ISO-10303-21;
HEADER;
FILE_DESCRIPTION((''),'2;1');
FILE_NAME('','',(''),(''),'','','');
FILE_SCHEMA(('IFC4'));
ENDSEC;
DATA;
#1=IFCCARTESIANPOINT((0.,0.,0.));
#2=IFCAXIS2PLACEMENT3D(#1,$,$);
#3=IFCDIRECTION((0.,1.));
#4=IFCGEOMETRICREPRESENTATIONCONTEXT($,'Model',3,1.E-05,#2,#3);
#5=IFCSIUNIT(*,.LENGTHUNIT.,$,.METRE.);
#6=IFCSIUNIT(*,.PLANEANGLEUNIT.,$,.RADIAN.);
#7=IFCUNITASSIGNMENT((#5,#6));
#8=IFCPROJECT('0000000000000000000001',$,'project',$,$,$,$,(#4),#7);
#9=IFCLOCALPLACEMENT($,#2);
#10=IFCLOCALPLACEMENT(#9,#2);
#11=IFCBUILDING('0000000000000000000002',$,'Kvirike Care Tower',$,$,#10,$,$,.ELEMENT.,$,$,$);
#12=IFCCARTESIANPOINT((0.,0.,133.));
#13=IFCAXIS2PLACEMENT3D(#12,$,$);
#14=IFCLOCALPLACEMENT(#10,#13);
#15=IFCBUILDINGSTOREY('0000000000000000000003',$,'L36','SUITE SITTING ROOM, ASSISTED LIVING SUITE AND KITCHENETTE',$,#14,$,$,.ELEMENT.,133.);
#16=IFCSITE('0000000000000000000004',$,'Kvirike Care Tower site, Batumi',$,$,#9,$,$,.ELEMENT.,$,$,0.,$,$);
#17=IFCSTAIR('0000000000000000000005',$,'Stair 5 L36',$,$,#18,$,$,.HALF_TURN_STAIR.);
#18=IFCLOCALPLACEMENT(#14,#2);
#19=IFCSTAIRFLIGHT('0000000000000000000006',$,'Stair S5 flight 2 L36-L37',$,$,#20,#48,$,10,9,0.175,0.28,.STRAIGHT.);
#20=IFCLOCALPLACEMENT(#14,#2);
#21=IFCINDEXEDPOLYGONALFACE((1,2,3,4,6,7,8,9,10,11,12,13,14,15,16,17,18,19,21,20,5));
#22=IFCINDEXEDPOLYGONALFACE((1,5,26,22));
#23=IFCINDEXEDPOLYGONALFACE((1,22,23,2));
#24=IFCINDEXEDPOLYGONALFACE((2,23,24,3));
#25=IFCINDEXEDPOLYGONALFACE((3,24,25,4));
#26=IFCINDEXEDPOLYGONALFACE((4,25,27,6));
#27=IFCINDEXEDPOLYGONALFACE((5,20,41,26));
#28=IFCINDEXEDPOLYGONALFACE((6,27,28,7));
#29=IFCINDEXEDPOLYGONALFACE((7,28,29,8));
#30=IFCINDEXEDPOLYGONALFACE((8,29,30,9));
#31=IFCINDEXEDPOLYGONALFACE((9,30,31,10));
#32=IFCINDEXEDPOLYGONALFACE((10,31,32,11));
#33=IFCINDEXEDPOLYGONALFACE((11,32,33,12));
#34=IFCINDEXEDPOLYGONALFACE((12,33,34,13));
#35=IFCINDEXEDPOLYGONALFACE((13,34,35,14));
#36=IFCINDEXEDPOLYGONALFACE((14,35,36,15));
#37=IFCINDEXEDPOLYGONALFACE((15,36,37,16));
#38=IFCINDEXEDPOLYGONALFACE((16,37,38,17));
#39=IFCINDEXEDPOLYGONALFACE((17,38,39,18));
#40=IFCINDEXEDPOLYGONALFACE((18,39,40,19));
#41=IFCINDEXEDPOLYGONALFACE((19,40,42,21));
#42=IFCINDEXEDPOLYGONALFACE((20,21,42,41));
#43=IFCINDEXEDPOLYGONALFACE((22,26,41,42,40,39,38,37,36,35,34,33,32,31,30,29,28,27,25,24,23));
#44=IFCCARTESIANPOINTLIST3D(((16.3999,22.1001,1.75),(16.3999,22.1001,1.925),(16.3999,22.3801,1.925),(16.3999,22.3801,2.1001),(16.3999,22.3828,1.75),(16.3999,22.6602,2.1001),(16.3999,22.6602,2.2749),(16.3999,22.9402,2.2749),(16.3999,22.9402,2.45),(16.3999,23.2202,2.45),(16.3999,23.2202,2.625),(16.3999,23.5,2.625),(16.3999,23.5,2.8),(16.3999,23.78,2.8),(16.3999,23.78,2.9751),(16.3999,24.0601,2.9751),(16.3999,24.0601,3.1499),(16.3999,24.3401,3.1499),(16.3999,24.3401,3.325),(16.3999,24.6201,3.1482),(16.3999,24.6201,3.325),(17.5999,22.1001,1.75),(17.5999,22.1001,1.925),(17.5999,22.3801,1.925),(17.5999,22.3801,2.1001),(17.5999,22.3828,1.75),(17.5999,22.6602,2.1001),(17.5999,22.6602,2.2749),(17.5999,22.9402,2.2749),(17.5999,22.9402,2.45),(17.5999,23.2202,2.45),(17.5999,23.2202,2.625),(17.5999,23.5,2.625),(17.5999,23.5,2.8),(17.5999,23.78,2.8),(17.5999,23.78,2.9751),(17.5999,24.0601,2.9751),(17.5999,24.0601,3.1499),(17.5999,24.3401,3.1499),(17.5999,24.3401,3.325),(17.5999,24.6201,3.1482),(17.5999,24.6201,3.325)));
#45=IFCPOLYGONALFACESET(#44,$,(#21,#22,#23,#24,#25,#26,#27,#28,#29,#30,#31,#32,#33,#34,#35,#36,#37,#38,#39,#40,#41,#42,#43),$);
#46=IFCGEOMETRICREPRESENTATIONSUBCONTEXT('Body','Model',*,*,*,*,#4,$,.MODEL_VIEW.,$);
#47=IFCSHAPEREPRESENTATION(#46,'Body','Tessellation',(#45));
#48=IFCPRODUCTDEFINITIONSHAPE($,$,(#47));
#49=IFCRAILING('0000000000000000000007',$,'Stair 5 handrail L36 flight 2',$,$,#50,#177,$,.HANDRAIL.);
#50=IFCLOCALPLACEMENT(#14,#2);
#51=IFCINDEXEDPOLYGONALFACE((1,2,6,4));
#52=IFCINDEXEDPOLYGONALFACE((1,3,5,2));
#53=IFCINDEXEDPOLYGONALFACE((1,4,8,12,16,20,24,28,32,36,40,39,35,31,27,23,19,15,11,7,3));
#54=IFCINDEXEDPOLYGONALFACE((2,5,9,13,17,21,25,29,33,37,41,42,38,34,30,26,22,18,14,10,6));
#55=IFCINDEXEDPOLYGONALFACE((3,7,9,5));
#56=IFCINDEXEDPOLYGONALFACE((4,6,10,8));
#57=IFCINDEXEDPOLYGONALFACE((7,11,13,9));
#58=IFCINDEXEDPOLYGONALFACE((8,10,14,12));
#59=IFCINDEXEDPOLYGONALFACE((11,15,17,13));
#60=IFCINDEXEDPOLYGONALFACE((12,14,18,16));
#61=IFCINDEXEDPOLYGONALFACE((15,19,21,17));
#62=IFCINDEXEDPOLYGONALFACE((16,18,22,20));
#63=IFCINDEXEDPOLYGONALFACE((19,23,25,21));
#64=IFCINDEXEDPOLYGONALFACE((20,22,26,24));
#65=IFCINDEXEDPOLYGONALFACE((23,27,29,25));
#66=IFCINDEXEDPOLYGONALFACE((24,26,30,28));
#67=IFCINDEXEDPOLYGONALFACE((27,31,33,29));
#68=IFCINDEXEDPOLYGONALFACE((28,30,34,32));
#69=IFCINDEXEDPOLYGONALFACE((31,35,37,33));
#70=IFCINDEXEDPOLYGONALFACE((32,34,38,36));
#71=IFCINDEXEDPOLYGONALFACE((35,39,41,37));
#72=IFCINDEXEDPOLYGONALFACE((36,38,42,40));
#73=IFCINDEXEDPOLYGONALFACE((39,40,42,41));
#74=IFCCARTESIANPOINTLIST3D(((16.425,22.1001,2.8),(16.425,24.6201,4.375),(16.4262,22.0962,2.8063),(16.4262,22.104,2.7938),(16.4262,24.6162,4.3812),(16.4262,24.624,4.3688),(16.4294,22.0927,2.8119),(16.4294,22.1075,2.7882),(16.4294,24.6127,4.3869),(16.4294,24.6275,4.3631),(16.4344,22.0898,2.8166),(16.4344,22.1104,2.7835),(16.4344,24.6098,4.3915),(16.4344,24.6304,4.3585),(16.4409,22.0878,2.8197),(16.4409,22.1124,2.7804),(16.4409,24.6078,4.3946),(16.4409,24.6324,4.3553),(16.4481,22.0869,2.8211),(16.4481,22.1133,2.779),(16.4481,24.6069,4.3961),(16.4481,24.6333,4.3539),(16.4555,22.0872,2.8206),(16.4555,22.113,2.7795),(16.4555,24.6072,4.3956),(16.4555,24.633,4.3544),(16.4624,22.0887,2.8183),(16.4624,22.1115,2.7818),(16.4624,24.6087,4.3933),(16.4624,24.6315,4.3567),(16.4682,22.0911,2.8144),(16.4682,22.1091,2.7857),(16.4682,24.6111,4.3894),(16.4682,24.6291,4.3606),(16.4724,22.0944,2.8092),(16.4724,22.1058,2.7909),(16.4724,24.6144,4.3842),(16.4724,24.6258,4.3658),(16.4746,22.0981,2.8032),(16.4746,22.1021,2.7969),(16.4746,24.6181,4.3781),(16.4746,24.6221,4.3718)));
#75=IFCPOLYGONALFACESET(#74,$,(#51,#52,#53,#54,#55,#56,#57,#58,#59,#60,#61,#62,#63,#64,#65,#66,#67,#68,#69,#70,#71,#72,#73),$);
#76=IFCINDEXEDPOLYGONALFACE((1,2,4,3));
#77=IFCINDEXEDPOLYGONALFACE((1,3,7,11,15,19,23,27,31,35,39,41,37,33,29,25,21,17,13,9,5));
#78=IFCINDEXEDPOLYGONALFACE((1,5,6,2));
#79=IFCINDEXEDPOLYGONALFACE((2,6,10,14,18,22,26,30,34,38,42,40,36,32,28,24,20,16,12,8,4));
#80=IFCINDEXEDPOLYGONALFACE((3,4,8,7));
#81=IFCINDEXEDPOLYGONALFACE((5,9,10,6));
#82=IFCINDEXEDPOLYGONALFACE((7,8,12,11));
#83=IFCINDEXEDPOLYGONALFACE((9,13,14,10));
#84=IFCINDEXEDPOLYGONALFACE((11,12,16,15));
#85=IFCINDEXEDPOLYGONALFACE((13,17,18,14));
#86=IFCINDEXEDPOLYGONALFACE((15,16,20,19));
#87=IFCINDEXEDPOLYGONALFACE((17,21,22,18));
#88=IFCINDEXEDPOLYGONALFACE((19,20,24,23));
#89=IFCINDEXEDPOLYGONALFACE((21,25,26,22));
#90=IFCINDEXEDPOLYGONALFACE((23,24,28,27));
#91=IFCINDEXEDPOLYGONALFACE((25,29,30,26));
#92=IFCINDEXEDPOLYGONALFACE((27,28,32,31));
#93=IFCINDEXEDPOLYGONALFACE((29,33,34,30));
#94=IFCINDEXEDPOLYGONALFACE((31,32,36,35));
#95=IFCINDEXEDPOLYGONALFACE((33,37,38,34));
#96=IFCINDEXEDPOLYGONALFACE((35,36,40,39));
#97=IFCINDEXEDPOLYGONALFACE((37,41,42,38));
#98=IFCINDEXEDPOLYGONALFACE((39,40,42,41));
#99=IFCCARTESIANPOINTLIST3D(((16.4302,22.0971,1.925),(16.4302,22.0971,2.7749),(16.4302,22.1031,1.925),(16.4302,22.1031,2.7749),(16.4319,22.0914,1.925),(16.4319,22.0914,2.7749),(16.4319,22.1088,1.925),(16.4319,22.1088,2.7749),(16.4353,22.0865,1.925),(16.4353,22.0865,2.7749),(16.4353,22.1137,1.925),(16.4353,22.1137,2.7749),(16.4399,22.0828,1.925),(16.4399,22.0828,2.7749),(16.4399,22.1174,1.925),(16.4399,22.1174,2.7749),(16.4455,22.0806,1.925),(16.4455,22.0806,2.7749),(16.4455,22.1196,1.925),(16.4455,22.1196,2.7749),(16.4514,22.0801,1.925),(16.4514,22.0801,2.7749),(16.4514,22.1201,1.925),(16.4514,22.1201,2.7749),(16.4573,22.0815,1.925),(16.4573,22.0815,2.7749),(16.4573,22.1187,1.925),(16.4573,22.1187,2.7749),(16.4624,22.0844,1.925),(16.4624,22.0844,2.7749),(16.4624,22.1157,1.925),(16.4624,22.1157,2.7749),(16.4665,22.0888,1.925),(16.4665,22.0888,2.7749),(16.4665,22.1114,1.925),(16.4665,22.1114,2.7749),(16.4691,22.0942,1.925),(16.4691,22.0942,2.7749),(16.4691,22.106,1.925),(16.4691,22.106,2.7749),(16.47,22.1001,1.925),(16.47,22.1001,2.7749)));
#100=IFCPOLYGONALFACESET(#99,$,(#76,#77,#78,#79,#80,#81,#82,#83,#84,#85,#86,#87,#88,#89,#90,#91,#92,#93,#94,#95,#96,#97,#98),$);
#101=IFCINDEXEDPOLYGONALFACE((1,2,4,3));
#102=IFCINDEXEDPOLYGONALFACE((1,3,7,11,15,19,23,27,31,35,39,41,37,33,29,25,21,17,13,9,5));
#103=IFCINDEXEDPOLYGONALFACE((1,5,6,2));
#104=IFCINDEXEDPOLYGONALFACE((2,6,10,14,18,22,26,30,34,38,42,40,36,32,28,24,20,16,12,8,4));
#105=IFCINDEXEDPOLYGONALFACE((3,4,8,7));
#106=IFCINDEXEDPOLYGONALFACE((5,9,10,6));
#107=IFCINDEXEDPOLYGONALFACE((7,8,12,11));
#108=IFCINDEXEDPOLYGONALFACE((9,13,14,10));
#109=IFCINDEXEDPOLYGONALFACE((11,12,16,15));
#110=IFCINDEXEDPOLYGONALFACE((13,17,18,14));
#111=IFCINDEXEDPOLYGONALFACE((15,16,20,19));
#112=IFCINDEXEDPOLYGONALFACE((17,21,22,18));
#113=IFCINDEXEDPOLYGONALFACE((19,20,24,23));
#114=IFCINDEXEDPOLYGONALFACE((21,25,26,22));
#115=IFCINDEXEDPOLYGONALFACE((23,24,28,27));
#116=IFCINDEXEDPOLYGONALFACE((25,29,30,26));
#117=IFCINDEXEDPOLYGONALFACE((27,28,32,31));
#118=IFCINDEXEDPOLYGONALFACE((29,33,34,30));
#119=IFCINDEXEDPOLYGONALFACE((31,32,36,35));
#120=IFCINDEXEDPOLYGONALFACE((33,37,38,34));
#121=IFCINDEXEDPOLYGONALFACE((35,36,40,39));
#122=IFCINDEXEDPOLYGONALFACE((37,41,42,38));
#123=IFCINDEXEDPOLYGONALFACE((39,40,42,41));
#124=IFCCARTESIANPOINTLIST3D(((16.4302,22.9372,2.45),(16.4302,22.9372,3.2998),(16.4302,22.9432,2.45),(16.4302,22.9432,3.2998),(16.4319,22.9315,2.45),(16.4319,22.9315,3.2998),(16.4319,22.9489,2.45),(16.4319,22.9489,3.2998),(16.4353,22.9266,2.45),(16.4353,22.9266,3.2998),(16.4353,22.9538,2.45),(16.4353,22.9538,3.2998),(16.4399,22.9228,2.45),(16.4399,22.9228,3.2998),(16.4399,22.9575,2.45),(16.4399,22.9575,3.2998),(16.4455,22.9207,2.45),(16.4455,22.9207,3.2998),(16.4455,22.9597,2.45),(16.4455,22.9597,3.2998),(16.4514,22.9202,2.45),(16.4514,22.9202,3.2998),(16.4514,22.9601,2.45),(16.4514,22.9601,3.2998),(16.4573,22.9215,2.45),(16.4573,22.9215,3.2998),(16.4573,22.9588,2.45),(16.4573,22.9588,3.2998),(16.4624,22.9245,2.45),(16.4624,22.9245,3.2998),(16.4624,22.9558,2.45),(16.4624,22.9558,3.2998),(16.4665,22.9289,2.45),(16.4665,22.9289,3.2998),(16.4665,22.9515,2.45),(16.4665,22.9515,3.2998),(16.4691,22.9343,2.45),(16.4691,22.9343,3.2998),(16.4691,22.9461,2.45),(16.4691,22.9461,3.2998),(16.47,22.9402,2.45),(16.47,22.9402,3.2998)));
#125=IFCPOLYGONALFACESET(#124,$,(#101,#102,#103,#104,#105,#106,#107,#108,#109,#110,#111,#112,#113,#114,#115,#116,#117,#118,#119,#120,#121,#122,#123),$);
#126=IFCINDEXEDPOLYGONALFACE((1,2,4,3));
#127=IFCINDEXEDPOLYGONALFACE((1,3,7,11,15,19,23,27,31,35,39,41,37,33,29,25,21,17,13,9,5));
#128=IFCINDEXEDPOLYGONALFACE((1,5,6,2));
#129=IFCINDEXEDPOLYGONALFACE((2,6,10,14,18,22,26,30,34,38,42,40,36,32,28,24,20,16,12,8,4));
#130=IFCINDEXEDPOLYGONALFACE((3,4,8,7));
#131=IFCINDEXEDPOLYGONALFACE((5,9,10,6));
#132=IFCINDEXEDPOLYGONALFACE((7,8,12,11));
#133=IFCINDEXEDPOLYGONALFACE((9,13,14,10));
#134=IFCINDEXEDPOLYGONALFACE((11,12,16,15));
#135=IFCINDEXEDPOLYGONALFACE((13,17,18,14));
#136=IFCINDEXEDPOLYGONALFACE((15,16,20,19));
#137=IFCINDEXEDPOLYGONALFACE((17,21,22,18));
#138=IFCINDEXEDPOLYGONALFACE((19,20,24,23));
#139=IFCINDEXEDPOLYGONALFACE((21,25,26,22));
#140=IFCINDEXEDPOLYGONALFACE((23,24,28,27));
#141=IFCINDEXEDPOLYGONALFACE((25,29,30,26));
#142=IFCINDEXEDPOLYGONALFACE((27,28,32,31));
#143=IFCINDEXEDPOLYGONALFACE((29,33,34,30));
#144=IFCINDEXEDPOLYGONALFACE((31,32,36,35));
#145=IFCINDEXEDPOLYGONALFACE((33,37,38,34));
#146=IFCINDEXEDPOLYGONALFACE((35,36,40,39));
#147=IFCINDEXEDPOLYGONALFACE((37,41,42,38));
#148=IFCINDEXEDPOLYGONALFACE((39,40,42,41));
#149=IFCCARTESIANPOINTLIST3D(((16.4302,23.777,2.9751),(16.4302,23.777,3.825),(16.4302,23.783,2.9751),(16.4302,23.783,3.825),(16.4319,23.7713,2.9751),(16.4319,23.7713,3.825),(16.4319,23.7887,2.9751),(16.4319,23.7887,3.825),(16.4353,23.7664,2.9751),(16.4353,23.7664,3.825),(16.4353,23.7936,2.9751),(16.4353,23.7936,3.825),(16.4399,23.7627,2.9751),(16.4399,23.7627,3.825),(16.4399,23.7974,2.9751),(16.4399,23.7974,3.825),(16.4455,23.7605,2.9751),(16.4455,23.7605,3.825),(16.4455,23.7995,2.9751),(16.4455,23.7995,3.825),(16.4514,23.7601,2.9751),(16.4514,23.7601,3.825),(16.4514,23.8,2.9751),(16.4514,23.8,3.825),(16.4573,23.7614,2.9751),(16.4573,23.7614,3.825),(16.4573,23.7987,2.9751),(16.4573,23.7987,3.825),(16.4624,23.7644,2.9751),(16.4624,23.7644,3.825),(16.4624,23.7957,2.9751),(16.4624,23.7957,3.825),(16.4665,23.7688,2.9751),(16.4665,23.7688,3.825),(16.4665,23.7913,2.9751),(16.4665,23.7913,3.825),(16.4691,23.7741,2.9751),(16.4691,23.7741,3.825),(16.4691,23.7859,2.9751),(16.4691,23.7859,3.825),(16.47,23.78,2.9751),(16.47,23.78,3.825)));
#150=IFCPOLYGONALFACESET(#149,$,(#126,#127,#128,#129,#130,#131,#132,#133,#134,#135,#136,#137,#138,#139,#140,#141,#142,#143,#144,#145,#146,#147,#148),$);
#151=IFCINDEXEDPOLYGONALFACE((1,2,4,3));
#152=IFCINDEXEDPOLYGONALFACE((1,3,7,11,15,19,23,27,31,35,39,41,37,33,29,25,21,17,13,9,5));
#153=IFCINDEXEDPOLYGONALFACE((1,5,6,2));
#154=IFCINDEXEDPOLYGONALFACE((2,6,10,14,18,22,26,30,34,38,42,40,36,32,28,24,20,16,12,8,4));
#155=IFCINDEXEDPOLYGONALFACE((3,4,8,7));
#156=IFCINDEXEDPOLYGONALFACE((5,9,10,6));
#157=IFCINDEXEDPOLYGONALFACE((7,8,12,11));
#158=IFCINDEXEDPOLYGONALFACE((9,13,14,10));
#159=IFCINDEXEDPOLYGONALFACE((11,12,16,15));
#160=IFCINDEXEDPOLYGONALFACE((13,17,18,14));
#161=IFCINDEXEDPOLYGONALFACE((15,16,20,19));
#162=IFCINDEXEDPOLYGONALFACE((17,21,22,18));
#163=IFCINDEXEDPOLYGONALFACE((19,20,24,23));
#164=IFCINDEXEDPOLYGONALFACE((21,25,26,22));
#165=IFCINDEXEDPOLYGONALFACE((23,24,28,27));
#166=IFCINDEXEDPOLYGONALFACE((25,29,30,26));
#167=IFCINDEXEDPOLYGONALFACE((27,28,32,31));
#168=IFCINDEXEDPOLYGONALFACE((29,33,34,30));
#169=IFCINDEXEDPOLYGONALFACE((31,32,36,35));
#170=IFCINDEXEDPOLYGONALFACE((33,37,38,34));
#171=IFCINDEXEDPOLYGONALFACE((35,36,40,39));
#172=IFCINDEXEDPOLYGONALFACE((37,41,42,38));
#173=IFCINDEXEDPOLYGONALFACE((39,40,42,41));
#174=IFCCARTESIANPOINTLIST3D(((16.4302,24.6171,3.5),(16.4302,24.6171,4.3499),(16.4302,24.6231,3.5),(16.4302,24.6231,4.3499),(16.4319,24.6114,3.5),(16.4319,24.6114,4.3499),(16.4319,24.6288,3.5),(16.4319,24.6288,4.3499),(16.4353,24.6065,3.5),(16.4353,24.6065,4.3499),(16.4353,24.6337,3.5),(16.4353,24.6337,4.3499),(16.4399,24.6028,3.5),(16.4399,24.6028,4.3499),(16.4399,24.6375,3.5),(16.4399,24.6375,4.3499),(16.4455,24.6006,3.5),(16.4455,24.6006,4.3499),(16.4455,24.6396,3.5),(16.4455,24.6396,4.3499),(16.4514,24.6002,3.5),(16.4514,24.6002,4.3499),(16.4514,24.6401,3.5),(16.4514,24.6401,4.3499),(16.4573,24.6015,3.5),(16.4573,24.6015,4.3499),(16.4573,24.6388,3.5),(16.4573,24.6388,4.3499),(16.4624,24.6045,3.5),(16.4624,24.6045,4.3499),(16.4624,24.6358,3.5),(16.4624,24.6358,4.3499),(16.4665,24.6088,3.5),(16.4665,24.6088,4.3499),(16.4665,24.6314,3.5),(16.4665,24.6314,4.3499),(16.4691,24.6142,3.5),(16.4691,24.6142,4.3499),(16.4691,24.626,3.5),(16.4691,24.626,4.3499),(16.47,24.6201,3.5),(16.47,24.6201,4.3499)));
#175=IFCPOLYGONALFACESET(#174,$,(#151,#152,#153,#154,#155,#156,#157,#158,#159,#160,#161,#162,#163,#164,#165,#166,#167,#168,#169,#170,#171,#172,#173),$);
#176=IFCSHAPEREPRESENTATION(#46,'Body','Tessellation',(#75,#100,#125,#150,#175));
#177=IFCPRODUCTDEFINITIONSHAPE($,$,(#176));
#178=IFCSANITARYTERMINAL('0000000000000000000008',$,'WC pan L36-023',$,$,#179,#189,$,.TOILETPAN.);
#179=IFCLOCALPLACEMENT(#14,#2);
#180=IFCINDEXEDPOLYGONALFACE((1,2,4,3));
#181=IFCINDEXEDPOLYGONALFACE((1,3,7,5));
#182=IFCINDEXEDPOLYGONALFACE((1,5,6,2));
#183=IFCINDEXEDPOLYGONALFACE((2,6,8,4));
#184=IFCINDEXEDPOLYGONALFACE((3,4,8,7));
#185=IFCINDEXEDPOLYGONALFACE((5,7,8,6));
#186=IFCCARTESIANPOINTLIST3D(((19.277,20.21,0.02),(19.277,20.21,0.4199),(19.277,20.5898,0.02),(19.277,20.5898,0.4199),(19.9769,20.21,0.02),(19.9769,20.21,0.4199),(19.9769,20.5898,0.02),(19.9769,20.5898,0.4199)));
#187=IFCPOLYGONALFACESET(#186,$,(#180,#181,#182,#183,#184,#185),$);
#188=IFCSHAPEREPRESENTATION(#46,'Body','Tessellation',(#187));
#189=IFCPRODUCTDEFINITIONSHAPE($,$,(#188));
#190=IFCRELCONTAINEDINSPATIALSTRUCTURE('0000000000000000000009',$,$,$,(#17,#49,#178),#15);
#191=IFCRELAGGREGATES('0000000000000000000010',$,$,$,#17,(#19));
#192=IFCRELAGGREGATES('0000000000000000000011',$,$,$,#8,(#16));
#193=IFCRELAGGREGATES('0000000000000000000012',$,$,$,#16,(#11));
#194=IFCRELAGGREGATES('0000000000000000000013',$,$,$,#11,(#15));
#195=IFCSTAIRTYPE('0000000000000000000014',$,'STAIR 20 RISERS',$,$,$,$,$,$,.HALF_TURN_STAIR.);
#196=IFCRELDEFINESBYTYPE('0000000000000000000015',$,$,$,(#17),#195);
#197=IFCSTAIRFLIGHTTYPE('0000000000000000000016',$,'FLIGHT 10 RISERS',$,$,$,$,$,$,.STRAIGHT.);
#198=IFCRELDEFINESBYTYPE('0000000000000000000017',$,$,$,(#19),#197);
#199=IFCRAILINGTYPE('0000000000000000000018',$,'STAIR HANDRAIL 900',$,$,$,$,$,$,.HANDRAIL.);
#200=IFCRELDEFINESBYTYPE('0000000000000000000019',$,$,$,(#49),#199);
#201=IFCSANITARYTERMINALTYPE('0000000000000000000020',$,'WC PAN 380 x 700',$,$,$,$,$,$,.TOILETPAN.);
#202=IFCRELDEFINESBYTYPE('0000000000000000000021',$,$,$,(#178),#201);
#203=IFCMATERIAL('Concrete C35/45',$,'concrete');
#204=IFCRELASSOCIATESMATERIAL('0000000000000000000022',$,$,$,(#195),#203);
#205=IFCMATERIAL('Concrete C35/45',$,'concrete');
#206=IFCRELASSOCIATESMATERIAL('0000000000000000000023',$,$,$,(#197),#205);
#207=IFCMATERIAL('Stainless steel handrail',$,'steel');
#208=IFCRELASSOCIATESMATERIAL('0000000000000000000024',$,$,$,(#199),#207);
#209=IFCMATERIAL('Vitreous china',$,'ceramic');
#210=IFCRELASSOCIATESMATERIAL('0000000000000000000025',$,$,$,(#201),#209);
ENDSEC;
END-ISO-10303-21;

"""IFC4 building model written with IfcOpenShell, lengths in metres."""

from ifc_helpers import new_model, si_unit, direction, frame, origin, origin_2d, place, context, subcontext, project, spatial, polyline, rectangle, circle, outline, extrude, material, type_object, element, aggregate, save


model = new_model("IFC4")

# Units and contexts
model_context = context("Model", 3, precision=1e-05, world=origin(), true_north=direction((0.0, 1.0)))
body_context = subcontext(model_context, "Body", "Model", "MODEL_VIEW")
ifc_project = project(units=[si_unit("LENGTHUNIT", "METRE"), si_unit("PLANEANGLEUNIT", "RADIAN")], contexts=[model_context])

# Site, building, storey
site_placement = place(None, origin())
site = spatial("IfcSite", under=ifc_project, at=site_placement, Name="Kvirike Care Tower site, Batumi", CompositionType="ELEMENT", RefElevation=0.0)
building_placement = place(site_placement, origin())
building = spatial("IfcBuilding", under=site, at=building_placement, Name="Kvirike Care Tower", CompositionType="ELEMENT")
storey_placement = place(building_placement, frame((0.0, 0.0, 133.0)))
storey = spatial("IfcBuildingStorey", under=building, at=storey_placement, Name="L36", Description="SUITE SITTING ROOM, ASSISTED LIVING SUITE AND KITCHENETTE", CompositionType="ELEMENT", Elevation=133.0)

# Stair, stair flight
ifc_material_1 = material(Name="Concrete C35/45", Category="concrete")
stair_type = type_object("IfcStairType", Name="STAIR 20 RISERS", PredefinedType="HALF_TURN_STAIR", material=ifc_material_1)
stair_placement = place(storey_placement, origin())
stair = element("IfcStair", 1, at=stair_placement, inside=storey, type_object=stair_type, Name="Stair 5 L36", PredefinedType="HALF_TURN_STAIR")
ifc_material_2 = material(Name="Concrete C35/45", Category="concrete")
stair_flight_type = type_object("IfcStairFlightType", Name="FLIGHT 10 RISERS", PredefinedType="STRAIGHT", material=ifc_material_2)
stair_flight_placement = place(storey_placement, frame((17.0, 22.1001, 1.75), z_axis=(0.0, 0.0, 1.0), x_axis=(0.0, 1.0, 0.0)))
stair_flight = element("IfcStairFlight", 2, at=stair_flight_placement, type_object=stair_flight_type, Name="Stair S5 flight 2 L36-L37", NumberOfRisers=10, NumberOfTreads=9, PredefinedType="STRAIGHT", RiserHeight=0.175, TreadLength=0.28, context=body_context, shape_type="SweptSolid", body=[
    extrude(outline(polyline([(0.0, 0.0), (0.0, 0.175), (0.28, 0.175), (0.28, 0.3501), (0.5601, 0.3501), (0.5601, 0.5249), (0.8401, 0.5249), (0.8401, 0.7), (1.1201, 0.7), (1.1201, 0.875), (1.3999, 0.875), (1.3999, 1.05), (1.6799, 1.05), (1.6799, 1.2251), (1.96, 1.2251), (1.96, 1.3999), (2.24, 1.3999), (2.24, 1.575), (2.52, 1.575), (2.52, 1.75), (2.52, 1.3982), (0.2827, 0.0), (0.0, 0.0)])), frame((0.0, 0.6001, 0.0), z_axis=(0.0, -1.0, 0.0), x_axis=(1.0, 0.0, 0.0)), (0.0, 0.0, 1.0), 1.2),
])
aggregate(stair, [stair_flight])

# Railing
ifc_material_3 = material(Name="Stainless steel handrail", Category="steel")
railing_type = type_object("IfcRailingType", Name="STAIR HANDRAIL 900", PredefinedType="HANDRAIL", material=ifc_material_3)
railing_placement = place(storey_placement, frame((16.45, 22.1001, 1.925)))
element("IfcRailing", 3, at=railing_placement, inside=storey, type_object=railing_type, Name="Stair 5 handrail L36 flight 2", PredefinedType="HANDRAIL", context=body_context, shape_type="SweptSolid", body=[
    extrude(circle(Radius=0.0249, at=origin_2d()), frame((0.0, 0.0, 0.875), z_axis=(0.0, 0.848008, 0.529984), x_axis=(-1.0, 0.0, 0.0)), (0.0, 0.0, 1.0), 2.9717),
    extrude(circle(Radius=0.02, at=origin_2d()), origin(), (0.0, 0.0, 1.0), 0.8499),
    extrude(circle(Radius=0.02, at=origin_2d()), frame((0.0, 0.8401, 0.5249)), (0.0, 0.0, 1.0), 0.8499),
    extrude(circle(Radius=0.02, at=origin_2d()), frame((0.0, 1.6799, 1.05)), (0.0, 0.0, 1.0), 0.8499),
    extrude(circle(Radius=0.02, at=origin_2d()), frame((0.0, 2.52, 1.575)), (0.0, 0.0, 1.0), 0.8499),
])

# Sanitary terminal
ifc_material_4 = material(Name="Vitreous china", Category="ceramic")
sanitary_terminal_type = type_object("IfcSanitaryTerminalType", Name="WC PAN 380 x 700", PredefinedType="TOILETPAN", material=ifc_material_4)
sanitary_terminal_placement = place(storey_placement, frame((19.627, 20.3999, 0.02), z_axis=(0.0, 0.0, 1.0), x_axis=(0.0, 1.0, 0.0)))
element("IfcSanitaryTerminal", 4, at=sanitary_terminal_placement, inside=storey, type_object=sanitary_terminal_type, Name="WC pan L36-023", PredefinedType="TOILETPAN", context=body_context, shape_type="SweptSolid", body=[
    extrude(rectangle(XDim=0.3799, YDim=0.7, at=origin_2d()), origin(), (0.0, 0.0, 1.0), 0.3999),
])

save(model, "model.ifc")
